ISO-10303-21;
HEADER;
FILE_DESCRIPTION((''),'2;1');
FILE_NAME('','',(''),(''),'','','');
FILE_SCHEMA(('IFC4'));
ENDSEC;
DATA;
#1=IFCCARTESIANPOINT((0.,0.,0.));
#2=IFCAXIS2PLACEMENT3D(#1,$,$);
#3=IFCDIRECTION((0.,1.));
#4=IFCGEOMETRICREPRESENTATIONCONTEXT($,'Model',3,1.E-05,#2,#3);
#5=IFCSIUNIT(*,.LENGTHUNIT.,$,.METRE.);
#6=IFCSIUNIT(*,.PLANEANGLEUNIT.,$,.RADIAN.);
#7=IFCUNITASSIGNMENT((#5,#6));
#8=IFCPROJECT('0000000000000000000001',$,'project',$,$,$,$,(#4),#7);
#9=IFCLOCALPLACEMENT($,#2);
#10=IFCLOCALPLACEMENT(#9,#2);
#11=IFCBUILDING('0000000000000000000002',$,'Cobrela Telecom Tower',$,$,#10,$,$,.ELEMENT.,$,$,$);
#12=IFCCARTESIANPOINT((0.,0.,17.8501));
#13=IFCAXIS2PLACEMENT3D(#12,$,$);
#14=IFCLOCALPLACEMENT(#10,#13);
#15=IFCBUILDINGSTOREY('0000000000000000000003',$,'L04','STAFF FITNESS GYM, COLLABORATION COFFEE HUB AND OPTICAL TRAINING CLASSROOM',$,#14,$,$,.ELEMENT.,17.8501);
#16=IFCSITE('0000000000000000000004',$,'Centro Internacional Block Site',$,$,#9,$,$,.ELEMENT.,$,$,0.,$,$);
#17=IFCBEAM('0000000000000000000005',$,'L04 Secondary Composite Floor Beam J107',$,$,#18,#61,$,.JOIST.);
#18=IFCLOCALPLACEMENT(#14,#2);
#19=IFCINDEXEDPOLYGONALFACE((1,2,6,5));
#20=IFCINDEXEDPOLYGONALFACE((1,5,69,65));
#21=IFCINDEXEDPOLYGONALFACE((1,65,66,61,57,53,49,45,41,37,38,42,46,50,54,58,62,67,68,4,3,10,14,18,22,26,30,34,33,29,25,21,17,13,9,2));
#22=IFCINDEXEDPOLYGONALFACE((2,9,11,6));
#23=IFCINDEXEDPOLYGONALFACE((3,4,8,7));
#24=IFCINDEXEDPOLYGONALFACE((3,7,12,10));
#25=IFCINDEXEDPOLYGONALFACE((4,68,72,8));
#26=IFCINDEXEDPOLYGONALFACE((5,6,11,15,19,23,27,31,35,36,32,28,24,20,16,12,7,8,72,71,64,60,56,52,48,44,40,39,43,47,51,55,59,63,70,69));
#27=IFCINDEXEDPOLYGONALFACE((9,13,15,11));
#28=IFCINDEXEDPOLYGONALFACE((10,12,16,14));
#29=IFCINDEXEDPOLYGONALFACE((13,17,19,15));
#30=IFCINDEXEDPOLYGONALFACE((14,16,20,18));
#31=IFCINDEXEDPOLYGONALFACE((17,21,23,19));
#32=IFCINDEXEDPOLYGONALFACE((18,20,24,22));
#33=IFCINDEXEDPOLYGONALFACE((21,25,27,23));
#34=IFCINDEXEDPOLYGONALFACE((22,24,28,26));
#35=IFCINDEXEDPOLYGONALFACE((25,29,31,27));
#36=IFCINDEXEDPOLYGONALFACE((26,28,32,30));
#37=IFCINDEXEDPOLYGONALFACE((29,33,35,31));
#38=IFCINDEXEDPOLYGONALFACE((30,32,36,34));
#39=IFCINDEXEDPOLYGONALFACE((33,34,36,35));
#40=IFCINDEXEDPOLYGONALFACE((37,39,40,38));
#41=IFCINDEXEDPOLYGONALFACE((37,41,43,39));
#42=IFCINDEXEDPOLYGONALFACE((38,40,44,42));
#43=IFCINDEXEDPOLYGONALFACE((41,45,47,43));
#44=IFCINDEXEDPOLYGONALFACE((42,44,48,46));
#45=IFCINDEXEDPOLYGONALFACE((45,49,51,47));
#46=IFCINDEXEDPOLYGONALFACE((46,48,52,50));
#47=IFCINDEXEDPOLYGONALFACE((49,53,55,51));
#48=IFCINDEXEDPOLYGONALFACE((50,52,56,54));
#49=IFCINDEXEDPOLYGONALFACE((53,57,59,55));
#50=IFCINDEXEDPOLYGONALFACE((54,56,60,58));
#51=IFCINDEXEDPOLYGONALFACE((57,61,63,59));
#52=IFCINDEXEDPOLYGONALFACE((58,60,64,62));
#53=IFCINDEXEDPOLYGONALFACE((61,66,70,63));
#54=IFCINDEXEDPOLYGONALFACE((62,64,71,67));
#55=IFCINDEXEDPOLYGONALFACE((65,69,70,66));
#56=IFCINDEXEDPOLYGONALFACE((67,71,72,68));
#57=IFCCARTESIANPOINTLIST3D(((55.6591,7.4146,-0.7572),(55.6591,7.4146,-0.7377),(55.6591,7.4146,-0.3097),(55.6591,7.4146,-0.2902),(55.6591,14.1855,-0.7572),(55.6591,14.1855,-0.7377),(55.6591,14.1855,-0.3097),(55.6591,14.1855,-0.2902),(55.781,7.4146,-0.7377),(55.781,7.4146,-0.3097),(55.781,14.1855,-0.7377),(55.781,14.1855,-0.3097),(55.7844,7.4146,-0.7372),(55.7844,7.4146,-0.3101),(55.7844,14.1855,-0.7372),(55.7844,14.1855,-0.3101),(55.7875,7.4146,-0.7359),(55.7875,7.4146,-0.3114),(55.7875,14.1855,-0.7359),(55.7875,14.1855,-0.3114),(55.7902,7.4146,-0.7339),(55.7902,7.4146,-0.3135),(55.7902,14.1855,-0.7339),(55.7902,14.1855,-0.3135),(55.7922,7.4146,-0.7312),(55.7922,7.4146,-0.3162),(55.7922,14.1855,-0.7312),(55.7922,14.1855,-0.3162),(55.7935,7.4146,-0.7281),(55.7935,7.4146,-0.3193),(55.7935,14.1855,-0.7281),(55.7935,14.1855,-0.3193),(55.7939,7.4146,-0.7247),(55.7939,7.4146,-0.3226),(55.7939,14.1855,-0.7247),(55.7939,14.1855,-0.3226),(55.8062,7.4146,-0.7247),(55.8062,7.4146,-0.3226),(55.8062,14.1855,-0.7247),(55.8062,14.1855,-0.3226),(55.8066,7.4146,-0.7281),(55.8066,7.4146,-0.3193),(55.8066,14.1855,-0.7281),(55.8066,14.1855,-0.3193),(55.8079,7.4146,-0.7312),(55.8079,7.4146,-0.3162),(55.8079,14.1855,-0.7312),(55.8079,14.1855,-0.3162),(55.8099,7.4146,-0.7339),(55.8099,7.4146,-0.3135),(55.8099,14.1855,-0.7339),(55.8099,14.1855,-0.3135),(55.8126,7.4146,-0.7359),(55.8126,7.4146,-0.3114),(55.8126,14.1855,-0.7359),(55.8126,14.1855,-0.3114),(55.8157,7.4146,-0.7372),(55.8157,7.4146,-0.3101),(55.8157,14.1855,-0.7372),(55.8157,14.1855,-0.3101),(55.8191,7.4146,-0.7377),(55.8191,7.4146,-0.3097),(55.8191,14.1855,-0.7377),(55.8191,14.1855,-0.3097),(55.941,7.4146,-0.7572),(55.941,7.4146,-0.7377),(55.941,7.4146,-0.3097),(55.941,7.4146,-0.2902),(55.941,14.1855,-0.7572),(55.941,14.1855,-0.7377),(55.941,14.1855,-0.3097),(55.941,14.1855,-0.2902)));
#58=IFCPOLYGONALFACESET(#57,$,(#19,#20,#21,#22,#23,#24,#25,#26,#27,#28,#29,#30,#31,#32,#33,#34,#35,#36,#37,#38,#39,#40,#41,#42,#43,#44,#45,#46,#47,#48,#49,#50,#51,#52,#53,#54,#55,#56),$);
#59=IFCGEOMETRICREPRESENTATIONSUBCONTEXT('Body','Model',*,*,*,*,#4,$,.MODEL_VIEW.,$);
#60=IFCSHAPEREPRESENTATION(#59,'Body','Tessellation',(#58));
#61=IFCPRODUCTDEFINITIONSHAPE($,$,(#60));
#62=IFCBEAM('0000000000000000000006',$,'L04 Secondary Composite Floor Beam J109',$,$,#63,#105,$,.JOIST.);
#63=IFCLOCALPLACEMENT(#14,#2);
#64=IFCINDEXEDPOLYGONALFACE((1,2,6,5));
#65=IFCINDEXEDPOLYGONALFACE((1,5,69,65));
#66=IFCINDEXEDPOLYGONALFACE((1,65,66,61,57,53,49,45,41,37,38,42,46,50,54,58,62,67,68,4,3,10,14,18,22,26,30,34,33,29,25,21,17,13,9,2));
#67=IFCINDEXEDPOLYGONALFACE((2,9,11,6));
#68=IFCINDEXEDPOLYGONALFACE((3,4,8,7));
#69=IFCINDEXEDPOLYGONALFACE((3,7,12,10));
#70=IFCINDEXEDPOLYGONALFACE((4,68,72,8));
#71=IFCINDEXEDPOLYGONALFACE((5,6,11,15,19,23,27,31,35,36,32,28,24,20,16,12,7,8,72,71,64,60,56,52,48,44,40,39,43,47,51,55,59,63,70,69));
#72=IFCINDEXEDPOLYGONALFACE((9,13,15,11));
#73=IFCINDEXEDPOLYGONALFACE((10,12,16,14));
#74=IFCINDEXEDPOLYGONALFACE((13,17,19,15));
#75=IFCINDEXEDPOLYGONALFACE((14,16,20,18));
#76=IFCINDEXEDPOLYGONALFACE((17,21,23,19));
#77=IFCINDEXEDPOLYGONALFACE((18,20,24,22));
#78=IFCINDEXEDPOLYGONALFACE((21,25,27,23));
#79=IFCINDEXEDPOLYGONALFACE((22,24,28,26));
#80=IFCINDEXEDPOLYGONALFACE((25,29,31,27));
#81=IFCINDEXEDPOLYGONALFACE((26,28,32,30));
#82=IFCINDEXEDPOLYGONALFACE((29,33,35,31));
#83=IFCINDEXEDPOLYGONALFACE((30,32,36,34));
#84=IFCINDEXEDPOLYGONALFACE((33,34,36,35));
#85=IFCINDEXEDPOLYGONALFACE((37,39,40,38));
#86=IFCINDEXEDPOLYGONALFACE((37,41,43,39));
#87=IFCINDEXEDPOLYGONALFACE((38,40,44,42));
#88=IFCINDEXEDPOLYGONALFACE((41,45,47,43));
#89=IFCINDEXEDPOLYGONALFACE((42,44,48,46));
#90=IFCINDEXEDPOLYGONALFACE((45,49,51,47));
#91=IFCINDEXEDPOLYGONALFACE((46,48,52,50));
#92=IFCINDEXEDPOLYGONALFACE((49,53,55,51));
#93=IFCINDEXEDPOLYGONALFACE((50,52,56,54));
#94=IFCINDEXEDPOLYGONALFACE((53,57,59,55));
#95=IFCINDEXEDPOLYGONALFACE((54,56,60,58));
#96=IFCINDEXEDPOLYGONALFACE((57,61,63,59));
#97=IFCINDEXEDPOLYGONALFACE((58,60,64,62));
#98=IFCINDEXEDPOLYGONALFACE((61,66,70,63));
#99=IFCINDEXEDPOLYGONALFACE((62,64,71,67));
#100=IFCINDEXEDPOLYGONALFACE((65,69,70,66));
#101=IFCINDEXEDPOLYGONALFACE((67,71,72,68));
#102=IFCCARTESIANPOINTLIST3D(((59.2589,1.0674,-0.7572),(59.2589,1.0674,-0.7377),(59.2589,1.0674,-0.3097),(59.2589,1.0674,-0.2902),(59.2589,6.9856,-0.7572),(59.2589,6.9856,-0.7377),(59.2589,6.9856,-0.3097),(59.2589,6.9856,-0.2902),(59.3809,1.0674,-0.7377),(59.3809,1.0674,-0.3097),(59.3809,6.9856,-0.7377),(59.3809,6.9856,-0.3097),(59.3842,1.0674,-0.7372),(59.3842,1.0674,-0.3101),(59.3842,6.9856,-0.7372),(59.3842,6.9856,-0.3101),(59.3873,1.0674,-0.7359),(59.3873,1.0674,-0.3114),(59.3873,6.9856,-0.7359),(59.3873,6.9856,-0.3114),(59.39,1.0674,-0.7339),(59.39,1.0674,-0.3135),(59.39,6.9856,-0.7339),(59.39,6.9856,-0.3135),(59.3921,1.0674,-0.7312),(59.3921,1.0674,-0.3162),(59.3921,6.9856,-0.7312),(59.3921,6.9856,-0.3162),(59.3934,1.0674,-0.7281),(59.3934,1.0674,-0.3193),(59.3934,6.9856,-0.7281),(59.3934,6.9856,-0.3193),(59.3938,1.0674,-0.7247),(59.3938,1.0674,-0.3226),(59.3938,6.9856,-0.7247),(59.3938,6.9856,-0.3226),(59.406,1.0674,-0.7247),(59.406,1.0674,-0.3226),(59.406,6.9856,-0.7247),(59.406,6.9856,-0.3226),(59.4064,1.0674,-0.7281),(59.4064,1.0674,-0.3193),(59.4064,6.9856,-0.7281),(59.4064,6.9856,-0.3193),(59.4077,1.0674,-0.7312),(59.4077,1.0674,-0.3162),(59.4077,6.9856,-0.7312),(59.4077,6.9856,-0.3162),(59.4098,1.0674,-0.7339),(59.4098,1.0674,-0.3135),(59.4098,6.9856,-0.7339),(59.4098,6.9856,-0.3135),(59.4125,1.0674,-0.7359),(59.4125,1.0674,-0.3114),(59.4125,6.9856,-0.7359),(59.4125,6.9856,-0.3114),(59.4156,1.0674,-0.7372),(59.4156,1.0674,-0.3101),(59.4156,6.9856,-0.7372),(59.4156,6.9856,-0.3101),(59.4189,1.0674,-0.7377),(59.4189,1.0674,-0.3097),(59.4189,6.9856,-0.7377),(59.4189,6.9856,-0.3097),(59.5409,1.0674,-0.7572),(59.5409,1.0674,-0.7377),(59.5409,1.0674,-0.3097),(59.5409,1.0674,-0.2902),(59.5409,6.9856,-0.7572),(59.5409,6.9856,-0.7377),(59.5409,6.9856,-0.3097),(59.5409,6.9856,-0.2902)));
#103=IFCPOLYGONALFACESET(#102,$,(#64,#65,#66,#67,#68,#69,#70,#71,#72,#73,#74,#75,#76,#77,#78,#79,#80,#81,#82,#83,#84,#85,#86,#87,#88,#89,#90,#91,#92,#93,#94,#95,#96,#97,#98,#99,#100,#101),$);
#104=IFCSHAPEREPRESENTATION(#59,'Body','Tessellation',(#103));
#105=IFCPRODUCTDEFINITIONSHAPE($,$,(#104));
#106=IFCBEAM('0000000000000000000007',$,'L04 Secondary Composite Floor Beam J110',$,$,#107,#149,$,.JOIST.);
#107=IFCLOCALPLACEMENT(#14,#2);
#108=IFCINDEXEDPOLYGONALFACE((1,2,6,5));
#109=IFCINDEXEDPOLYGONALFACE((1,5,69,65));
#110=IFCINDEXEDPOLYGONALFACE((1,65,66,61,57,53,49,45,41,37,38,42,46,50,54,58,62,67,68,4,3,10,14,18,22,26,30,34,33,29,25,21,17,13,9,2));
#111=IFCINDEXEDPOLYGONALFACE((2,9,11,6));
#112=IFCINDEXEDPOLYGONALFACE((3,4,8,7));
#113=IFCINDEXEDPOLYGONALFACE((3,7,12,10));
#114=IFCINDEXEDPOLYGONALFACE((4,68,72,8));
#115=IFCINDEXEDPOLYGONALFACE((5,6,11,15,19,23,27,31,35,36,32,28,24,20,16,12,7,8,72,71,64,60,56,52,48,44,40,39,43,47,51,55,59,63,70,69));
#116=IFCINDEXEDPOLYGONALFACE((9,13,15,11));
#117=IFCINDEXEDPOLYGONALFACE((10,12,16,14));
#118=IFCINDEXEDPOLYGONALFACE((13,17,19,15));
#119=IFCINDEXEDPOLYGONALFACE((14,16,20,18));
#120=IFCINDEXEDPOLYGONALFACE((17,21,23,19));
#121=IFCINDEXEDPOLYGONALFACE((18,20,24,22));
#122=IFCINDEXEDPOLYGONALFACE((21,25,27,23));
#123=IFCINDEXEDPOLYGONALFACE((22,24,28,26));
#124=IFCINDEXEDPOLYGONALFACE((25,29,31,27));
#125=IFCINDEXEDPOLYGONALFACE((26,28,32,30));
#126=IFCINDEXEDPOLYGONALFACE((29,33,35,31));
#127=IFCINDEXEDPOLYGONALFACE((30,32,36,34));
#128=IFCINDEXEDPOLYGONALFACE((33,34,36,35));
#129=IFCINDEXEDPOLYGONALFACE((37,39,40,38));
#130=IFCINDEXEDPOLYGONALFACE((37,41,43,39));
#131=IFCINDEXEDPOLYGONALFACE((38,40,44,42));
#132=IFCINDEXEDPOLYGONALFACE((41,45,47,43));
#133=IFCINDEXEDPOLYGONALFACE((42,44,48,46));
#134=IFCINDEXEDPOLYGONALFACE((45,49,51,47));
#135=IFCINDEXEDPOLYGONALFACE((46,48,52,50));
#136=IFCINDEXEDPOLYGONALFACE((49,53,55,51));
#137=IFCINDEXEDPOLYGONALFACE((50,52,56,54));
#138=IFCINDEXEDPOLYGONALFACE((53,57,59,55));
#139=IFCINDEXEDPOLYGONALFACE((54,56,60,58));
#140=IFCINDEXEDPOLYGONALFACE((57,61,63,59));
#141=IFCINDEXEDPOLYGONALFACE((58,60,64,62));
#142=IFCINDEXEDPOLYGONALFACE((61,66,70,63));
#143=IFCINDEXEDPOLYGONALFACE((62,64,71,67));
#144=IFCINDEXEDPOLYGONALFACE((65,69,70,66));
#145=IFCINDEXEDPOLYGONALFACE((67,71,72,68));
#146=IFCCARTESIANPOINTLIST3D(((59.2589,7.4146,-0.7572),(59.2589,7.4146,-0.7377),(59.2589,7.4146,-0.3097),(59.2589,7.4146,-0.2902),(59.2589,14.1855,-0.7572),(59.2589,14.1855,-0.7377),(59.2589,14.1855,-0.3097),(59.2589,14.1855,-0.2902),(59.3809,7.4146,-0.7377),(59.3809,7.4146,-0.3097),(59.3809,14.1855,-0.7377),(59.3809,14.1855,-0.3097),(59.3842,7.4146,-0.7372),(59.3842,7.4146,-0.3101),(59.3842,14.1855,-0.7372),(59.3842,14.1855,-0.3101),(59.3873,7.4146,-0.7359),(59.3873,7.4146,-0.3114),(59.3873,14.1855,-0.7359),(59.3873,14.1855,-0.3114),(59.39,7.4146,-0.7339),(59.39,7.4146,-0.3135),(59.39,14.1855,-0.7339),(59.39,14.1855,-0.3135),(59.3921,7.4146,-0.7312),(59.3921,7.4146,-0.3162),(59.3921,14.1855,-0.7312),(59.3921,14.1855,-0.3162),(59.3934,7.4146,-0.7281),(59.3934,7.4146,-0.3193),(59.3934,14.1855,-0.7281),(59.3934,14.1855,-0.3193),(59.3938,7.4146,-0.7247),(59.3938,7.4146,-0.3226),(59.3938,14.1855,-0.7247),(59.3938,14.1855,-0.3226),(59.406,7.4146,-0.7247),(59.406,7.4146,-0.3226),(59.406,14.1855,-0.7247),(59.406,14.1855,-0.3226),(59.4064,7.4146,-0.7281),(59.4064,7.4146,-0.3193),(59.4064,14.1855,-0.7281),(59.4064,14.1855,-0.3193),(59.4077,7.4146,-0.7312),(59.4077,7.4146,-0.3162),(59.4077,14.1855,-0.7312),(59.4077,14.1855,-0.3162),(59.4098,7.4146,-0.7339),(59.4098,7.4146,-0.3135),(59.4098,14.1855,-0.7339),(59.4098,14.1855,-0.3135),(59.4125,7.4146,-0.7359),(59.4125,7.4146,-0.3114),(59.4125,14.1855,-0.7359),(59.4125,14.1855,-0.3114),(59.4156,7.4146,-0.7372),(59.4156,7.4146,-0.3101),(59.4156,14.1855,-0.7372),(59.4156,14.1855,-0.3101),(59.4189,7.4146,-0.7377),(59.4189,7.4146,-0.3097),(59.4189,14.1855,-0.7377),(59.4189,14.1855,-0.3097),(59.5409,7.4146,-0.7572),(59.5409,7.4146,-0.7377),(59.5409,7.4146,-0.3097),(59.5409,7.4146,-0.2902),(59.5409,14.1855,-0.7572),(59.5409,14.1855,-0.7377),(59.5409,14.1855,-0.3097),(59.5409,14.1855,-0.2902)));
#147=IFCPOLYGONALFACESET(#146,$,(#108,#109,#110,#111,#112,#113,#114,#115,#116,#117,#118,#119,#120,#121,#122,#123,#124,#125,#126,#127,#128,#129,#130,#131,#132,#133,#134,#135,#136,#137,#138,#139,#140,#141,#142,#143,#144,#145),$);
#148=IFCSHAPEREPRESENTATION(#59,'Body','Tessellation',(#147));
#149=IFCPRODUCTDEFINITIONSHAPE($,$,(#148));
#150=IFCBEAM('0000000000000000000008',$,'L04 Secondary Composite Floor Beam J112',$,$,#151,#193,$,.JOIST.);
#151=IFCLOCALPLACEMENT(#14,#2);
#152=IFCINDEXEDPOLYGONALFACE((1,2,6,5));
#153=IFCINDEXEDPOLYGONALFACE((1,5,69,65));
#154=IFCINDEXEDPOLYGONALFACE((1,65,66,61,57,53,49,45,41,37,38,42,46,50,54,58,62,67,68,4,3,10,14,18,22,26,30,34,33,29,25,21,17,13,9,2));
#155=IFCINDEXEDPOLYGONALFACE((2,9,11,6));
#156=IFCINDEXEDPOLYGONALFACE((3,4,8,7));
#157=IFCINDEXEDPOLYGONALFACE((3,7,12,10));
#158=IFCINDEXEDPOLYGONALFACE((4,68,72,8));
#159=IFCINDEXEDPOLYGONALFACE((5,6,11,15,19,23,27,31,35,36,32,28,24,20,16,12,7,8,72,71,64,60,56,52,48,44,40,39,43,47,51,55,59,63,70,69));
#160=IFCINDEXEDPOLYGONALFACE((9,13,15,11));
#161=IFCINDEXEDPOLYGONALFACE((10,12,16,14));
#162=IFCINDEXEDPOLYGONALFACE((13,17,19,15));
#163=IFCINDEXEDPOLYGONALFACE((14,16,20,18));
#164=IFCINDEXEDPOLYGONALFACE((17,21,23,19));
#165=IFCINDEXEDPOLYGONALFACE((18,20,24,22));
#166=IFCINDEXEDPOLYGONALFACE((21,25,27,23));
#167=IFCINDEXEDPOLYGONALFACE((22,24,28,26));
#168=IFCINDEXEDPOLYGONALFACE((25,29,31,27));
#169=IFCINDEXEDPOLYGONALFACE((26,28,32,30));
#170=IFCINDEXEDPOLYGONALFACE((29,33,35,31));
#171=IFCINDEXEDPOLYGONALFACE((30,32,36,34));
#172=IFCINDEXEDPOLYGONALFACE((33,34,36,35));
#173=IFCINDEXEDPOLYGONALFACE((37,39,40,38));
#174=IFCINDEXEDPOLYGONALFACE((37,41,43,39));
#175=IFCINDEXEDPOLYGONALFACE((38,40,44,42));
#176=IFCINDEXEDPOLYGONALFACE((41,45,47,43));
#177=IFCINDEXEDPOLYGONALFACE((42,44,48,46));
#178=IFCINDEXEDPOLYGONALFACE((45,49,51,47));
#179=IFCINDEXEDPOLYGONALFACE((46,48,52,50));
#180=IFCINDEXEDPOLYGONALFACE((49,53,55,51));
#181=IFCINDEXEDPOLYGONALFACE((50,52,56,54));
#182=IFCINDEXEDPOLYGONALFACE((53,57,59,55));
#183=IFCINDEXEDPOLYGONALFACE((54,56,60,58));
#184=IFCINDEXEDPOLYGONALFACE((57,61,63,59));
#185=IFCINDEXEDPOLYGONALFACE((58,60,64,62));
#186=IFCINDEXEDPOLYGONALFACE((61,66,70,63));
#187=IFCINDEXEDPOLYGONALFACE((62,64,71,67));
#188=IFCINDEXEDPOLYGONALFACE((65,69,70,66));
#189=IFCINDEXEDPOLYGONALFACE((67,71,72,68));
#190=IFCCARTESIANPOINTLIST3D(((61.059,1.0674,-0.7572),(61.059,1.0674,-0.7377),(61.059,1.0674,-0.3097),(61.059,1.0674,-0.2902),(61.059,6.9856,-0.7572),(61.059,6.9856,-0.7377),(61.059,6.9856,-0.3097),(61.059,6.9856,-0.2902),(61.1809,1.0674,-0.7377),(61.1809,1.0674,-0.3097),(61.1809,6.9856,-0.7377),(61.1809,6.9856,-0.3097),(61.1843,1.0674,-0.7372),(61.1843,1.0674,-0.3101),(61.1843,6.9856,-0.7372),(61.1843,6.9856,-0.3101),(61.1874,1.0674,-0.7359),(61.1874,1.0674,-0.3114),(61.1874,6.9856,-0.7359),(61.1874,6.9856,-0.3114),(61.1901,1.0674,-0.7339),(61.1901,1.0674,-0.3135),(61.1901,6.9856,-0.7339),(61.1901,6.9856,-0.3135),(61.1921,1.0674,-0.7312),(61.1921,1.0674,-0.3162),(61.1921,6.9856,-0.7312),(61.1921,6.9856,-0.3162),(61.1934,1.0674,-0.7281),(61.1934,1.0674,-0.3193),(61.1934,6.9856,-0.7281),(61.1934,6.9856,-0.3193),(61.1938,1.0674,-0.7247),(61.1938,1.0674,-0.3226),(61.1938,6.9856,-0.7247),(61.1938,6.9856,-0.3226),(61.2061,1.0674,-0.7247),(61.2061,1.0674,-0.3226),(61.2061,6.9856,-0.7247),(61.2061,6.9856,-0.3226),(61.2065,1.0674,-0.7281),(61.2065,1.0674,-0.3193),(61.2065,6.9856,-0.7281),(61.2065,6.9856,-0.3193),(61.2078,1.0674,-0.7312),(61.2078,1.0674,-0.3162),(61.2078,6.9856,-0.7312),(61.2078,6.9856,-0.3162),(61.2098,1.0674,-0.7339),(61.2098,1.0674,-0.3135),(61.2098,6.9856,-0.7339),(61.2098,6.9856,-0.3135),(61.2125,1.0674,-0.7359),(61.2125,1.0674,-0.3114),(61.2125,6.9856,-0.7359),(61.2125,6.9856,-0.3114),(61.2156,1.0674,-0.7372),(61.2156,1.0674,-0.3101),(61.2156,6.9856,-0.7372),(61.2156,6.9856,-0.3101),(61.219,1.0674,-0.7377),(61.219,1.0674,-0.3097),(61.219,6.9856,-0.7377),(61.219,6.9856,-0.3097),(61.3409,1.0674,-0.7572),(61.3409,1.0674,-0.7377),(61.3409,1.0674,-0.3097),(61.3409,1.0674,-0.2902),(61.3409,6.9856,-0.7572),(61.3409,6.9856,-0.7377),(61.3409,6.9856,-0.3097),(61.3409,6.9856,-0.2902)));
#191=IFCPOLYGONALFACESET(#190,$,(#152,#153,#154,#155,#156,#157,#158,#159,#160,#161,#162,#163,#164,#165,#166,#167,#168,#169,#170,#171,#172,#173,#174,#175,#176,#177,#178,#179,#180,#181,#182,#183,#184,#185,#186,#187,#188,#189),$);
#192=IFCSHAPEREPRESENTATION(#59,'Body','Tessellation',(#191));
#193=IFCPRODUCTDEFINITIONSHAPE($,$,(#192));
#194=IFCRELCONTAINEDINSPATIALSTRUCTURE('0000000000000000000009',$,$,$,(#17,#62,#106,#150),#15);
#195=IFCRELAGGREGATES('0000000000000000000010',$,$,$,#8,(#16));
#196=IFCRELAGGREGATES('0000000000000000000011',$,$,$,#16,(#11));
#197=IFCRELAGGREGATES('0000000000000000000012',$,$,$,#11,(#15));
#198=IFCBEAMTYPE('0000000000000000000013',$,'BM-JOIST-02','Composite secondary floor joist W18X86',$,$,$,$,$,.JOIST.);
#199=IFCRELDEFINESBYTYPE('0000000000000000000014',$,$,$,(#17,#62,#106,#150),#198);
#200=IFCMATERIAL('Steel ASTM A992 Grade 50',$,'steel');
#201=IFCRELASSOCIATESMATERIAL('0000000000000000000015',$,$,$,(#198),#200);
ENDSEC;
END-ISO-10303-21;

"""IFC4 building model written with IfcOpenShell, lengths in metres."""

from ifc_helpers import new_model, si_unit, direction, frame, origin, origin_2d, place, context, subcontext, project, spatial, i_section, extrude, material, material_profile, profile_set, type_object, element, save


model = new_model("IFC4")

# Units and contexts
model_context = context("Model", 3, precision=1e-05, world=origin(), true_north=direction((0.0, 1.0)))
body_context = subcontext(model_context, "Body", "Model", "MODEL_VIEW")
ifc_project = project(units=[si_unit("LENGTHUNIT", "METRE"), si_unit("PLANEANGLEUNIT", "RADIAN")], contexts=[model_context])

# Site, building, storey
site_placement = place(None, origin())
site = spatial("IfcSite", under=ifc_project, at=site_placement, Name="Centro Internacional Block Site", CompositionType="ELEMENT", RefElevation=0.0)
building_placement = place(site_placement, origin())
building = spatial("IfcBuilding", under=site, at=building_placement, Name="Cobrela Telecom Tower", CompositionType="ELEMENT")
storey_placement = place(building_placement, frame((0.0, 0.0, 17.8501)))
storey = spatial("IfcBuildingStorey", under=building, at=storey_placement, Name="L04", Description="STAFF FITNESS GYM, COLLABORATION COFFEE HUB AND OPTICAL TRAINING CLASSROOM", CompositionType="ELEMENT", Elevation=17.8501)

# Beams
ifc_material_1 = material(Name="Steel ASTM A992 Grade 50", Category="steel")
ifc_material_profile_1 = material_profile(ifc_material_1, i_section(OverallWidth=0.282, OverallDepth=0.467, WebThickness=0.0122, FlangeThickness=0.0195, FilletRadius=0.0129, at=origin_2d()), Name="W18X86")
ifc_profile_set_1 = profile_set([ifc_material_profile_1], Name="Steel ASTM A992 Grade 50")
beam_type_1 = type_object("IfcBeamType", Name="BM-JOIST-02", Description="Composite secondary floor joist W18X86", PredefinedType="JOIST", material=ifc_profile_set_1)
beam_1_placement = place(storey_placement, frame((55.8, 7.4146, -0.5237), z_axis=(0.0, 1.0, 0.0), x_axis=(-1.0, 0.0, 0.0)))
element("IfcBeam", 1, at=beam_1_placement, inside=storey, type_object=beam_type_1, Name="L04 Secondary Composite Floor Beam J107", PredefinedType="JOIST", context=body_context, shape_type="SweptSolid", body=[
    extrude(i_section(OverallWidth=0.282, OverallDepth=0.467, WebThickness=0.0122, FlangeThickness=0.0195, FilletRadius=0.0129, at=origin_2d()), origin(), (0.0, 0.0, 1.0), 6.771),
])
beam_2_placement = place(storey_placement, frame((59.3999, 1.0674, -0.5237), z_axis=(0.0, 1.0, 0.0), x_axis=(-1.0, 0.0, 0.0)))
element("IfcBeam", 2, at=beam_2_placement, inside=storey, type_object=beam_type_1, Name="L04 Secondary Composite Floor Beam J109", PredefinedType="JOIST", context=body_context, shape_type="SweptSolid", body=[
    extrude(i_section(OverallWidth=0.282, OverallDepth=0.467, WebThickness=0.0122, FlangeThickness=0.0195, FilletRadius=0.0129, at=origin_2d()), origin(), (0.0, 0.0, 1.0), 5.9182),
])
beam_3_placement = place(storey_placement, frame((59.3999, 7.4146, -0.5237), z_axis=(0.0, 1.0, 0.0), x_axis=(-1.0, 0.0, 0.0)))
element("IfcBeam", 3, at=beam_3_placement, inside=storey, type_object=beam_type_1, Name="L04 Secondary Composite Floor Beam J110", PredefinedType="JOIST", context=body_context, shape_type="SweptSolid", body=[
    extrude(i_section(OverallWidth=0.282, OverallDepth=0.467, WebThickness=0.0122, FlangeThickness=0.0195, FilletRadius=0.0129, at=origin_2d()), origin(), (0.0, 0.0, 1.0), 6.771),
])
beam_4_placement = place(storey_placement, frame((61.2, 1.0674, -0.5237), z_axis=(0.0, 1.0, 0.0), x_axis=(-1.0, 0.0, 0.0)))
element("IfcBeam", 4, at=beam_4_placement, inside=storey, type_object=beam_type_1, Name="L04 Secondary Composite Floor Beam J112", PredefinedType="JOIST", context=body_context, shape_type="SweptSolid", body=[
    extrude(i_section(OverallWidth=0.282, OverallDepth=0.467, WebThickness=0.0122, FlangeThickness=0.0195, FilletRadius=0.0129, at=origin_2d()), origin(), (0.0, 0.0, 1.0), 5.9182),
])

save(model, "model.ifc")
